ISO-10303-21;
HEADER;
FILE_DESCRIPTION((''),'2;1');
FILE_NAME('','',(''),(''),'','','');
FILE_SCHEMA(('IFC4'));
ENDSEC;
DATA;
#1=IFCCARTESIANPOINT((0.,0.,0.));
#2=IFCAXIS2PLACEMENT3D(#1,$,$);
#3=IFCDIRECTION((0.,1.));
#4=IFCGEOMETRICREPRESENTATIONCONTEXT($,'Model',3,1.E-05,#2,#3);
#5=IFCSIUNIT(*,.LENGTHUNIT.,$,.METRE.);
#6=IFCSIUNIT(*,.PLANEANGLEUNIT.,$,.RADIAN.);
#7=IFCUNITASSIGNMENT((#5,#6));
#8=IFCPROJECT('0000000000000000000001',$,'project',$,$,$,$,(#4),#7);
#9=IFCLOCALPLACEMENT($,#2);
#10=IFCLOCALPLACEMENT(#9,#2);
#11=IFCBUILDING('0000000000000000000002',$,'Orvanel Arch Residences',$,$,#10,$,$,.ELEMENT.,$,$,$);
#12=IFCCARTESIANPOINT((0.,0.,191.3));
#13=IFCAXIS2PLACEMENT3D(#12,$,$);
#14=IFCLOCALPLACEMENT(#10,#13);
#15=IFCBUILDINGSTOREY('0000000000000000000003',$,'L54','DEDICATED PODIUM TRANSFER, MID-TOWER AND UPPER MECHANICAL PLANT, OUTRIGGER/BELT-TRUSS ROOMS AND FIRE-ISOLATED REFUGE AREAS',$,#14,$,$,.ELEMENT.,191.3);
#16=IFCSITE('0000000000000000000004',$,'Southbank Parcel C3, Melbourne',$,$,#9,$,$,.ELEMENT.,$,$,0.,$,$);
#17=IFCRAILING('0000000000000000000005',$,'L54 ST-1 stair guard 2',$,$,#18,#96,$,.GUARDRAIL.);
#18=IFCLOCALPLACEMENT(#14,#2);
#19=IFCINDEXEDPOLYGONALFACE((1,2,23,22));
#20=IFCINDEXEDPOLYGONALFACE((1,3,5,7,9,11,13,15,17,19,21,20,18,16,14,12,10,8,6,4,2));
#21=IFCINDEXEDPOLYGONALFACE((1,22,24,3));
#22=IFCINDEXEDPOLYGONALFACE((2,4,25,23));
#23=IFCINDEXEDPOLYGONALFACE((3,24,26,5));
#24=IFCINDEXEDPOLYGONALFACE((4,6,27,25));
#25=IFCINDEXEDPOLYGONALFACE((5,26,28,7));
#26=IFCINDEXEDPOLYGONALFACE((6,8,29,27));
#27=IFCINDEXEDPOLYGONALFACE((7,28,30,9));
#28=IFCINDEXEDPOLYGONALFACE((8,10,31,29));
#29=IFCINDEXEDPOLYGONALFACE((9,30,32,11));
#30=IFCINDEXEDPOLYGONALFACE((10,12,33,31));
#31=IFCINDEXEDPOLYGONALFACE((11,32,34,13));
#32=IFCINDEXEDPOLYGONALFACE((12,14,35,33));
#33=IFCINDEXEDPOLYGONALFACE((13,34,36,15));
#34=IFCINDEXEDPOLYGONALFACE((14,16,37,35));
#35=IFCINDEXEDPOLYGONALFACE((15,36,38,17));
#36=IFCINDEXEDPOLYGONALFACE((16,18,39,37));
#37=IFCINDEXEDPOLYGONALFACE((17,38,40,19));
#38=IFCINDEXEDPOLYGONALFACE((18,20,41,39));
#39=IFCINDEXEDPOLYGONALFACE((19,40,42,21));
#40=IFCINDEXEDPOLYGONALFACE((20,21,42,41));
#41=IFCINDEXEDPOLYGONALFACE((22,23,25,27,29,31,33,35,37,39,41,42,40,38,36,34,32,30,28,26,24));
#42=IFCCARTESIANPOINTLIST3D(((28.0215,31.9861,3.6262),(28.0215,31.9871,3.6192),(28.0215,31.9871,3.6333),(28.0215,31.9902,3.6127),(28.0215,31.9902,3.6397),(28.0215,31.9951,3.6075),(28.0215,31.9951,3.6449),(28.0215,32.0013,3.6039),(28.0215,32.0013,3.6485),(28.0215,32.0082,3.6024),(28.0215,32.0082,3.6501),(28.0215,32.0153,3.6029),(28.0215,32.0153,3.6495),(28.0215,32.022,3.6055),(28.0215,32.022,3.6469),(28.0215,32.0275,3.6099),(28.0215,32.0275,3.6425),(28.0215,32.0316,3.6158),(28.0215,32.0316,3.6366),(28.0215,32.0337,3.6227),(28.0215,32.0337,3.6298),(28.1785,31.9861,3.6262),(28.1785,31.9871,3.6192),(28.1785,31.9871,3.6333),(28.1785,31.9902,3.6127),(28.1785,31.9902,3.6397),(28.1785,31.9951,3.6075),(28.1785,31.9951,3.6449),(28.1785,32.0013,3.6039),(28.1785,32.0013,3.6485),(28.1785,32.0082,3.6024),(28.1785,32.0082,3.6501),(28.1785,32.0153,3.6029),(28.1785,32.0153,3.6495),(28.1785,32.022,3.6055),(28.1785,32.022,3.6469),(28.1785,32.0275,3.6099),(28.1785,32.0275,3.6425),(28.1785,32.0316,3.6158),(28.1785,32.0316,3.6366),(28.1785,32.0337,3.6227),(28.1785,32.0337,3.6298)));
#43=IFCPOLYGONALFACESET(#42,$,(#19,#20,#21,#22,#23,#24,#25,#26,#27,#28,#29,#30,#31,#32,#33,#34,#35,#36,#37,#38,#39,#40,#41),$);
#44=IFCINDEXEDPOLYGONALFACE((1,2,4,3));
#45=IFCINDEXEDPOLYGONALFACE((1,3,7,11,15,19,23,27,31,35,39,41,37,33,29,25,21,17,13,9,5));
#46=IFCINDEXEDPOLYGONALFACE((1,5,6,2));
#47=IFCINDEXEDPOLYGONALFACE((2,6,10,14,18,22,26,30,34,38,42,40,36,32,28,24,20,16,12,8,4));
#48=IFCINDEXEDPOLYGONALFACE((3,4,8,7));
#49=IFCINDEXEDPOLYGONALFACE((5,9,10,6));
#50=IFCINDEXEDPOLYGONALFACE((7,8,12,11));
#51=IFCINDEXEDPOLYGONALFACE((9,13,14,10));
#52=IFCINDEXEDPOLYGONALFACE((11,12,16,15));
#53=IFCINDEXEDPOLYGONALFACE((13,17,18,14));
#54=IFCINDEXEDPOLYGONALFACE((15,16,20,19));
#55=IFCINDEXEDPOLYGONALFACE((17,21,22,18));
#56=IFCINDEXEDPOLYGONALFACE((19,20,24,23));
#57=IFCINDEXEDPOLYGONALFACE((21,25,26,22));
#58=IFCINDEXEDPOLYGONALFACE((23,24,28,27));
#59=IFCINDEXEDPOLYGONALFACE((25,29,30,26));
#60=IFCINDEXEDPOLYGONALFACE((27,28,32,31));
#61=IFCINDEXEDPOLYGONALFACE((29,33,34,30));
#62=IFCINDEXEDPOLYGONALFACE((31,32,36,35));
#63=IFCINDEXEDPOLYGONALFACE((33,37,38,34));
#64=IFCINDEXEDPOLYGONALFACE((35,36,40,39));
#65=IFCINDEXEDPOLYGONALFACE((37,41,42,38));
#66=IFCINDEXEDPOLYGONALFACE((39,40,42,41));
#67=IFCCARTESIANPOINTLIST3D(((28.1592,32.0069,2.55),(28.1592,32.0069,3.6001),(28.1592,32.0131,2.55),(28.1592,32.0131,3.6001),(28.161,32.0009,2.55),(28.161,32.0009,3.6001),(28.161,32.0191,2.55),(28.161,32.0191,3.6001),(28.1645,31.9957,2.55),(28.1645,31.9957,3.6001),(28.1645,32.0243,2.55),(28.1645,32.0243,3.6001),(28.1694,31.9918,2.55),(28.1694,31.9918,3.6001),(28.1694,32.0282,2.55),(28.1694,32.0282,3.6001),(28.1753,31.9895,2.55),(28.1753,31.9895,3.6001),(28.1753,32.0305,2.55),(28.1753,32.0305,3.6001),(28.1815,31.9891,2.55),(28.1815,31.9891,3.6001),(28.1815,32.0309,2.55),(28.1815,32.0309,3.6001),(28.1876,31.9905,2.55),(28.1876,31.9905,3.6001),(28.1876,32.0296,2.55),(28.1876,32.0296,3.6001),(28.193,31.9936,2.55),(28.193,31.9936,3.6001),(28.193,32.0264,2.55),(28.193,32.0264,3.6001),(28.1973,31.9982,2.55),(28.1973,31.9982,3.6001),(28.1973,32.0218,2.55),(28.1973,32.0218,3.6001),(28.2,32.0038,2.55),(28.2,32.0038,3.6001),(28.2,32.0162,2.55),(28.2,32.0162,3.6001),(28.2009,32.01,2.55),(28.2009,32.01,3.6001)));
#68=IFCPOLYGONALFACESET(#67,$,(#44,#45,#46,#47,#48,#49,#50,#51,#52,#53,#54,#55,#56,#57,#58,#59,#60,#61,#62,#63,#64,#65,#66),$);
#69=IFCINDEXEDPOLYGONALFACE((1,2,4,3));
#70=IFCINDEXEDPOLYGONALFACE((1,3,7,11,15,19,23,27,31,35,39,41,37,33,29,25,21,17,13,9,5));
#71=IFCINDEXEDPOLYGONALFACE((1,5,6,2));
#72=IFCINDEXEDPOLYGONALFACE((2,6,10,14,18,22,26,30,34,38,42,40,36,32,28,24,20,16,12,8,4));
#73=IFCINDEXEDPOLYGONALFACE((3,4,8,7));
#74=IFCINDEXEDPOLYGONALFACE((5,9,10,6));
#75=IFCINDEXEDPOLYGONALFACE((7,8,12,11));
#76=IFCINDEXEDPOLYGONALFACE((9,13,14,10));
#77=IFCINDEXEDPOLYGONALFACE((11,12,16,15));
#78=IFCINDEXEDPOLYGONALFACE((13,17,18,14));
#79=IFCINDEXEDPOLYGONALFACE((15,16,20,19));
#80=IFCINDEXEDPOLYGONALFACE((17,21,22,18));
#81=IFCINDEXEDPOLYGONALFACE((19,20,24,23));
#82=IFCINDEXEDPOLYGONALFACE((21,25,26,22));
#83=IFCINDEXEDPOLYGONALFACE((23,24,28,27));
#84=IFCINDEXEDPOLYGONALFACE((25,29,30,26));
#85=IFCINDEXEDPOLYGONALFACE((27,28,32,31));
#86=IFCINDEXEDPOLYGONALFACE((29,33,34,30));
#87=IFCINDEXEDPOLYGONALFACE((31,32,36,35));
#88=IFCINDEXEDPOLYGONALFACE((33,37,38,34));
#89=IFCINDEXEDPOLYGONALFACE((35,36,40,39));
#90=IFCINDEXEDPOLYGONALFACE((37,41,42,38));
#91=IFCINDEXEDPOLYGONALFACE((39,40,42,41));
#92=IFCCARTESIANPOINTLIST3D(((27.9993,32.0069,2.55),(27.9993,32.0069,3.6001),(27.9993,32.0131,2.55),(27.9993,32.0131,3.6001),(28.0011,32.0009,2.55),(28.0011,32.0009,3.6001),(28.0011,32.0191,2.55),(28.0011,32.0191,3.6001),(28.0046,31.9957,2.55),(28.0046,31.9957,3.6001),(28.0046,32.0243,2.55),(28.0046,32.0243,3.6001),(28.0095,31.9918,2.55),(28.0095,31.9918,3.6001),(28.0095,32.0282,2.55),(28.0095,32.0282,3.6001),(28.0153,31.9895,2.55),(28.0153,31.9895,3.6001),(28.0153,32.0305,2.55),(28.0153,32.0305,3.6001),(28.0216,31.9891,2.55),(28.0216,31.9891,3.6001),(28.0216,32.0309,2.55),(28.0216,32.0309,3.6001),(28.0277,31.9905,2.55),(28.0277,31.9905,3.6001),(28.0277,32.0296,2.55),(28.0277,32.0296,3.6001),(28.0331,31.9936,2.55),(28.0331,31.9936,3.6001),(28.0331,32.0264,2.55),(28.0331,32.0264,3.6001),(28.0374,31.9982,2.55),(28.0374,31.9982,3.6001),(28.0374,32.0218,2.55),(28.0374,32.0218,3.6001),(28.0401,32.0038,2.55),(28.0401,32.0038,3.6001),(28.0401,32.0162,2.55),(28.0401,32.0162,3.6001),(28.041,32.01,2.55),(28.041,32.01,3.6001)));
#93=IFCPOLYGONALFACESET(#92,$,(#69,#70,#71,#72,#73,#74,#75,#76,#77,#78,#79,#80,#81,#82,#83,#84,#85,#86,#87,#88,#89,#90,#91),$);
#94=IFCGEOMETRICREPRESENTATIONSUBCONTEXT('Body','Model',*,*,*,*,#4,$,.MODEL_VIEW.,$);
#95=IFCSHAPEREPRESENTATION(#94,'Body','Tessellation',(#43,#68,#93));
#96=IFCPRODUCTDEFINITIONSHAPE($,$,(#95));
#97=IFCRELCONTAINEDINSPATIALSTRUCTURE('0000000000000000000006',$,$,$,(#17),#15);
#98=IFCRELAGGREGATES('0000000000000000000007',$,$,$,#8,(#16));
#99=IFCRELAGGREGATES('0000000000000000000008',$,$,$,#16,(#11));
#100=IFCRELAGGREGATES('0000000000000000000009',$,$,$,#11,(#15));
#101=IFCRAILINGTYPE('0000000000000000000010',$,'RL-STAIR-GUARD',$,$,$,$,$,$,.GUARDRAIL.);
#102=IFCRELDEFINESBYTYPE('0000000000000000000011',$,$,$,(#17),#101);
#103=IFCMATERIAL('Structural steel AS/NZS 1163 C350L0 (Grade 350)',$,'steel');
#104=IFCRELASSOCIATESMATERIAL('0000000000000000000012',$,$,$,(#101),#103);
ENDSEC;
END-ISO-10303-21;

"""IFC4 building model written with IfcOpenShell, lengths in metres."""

from ifc_helpers import new_model, si_unit, direction, frame, origin, origin_2d, place, context, subcontext, project, spatial, circle, extrude, material, type_object, element, save


model = new_model("IFC4")

# Units and contexts
model_context = context("Model", 3, precision=1e-05, world=origin(), true_north=direction((0.0, 1.0)))
body_context = subcontext(model_context, "Body", "Model", "MODEL_VIEW")
ifc_project = project(units=[si_unit("LENGTHUNIT", "METRE"), si_unit("PLANEANGLEUNIT", "RADIAN")], contexts=[model_context])

# Site, building, storey
site_placement = place(None, origin())
site = spatial("IfcSite", under=ifc_project, at=site_placement, Name="Southbank Parcel C3, Melbourne", CompositionType="ELEMENT", RefElevation=0.0)
building_placement = place(site_placement, origin())
building = spatial("IfcBuilding", under=site, at=building_placement, Name="Orvanel Arch Residences", CompositionType="ELEMENT")
storey_placement = place(building_placement, frame((0.0, 0.0, 191.3)))
storey = spatial("IfcBuildingStorey", under=building, at=storey_placement, Name="L54", Description="DEDICATED PODIUM TRANSFER, MID-TOWER AND UPPER MECHANICAL PLANT, OUTRIGGER/BELT-TRUSS ROOMS AND FIRE-ISOLATED REFUGE AREAS", CompositionType="ELEMENT", Elevation=191.3)

# Railing
ifc_material_1 = material(Name="Structural steel AS/NZS 1163 C350L0 (Grade 350)", Category="steel")
railing_type = type_object("IfcRailingType", Name="RL-STAIR-GUARD", PredefinedType="GUARDRAIL", material=ifc_material_1)
railing_1_placement = place(storey_placement, frame((28.1799, 32.01, 2.55)))
element("IfcRailing", 1, at=railing_1_placement, inside=storey, type_object=railing_type, Name="L54 ST-1 stair guard 2", PredefinedType="GUARDRAIL", context=body_context, shape_type="SweptSolid", body=[
    extrude(circle(Radius=0.0239, at=origin_2d()), frame((-0.0015, 0.0, 1.0762), z_axis=(-1.0, 0.0, 0.0), x_axis=(0.0, -1.0, 0.0)), (0.0, 0.0, 1.0), 0.157),
    extrude(circle(Radius=0.021, at=origin_2d()), origin(), (0.0, 0.0, 1.0), 1.05),
    extrude(circle(Radius=0.021, at=origin_2d()), frame((-0.1599, 0.0, 0.0)), (0.0, 0.0, 1.0), 1.05),
])

save(model, "model.ifc")
